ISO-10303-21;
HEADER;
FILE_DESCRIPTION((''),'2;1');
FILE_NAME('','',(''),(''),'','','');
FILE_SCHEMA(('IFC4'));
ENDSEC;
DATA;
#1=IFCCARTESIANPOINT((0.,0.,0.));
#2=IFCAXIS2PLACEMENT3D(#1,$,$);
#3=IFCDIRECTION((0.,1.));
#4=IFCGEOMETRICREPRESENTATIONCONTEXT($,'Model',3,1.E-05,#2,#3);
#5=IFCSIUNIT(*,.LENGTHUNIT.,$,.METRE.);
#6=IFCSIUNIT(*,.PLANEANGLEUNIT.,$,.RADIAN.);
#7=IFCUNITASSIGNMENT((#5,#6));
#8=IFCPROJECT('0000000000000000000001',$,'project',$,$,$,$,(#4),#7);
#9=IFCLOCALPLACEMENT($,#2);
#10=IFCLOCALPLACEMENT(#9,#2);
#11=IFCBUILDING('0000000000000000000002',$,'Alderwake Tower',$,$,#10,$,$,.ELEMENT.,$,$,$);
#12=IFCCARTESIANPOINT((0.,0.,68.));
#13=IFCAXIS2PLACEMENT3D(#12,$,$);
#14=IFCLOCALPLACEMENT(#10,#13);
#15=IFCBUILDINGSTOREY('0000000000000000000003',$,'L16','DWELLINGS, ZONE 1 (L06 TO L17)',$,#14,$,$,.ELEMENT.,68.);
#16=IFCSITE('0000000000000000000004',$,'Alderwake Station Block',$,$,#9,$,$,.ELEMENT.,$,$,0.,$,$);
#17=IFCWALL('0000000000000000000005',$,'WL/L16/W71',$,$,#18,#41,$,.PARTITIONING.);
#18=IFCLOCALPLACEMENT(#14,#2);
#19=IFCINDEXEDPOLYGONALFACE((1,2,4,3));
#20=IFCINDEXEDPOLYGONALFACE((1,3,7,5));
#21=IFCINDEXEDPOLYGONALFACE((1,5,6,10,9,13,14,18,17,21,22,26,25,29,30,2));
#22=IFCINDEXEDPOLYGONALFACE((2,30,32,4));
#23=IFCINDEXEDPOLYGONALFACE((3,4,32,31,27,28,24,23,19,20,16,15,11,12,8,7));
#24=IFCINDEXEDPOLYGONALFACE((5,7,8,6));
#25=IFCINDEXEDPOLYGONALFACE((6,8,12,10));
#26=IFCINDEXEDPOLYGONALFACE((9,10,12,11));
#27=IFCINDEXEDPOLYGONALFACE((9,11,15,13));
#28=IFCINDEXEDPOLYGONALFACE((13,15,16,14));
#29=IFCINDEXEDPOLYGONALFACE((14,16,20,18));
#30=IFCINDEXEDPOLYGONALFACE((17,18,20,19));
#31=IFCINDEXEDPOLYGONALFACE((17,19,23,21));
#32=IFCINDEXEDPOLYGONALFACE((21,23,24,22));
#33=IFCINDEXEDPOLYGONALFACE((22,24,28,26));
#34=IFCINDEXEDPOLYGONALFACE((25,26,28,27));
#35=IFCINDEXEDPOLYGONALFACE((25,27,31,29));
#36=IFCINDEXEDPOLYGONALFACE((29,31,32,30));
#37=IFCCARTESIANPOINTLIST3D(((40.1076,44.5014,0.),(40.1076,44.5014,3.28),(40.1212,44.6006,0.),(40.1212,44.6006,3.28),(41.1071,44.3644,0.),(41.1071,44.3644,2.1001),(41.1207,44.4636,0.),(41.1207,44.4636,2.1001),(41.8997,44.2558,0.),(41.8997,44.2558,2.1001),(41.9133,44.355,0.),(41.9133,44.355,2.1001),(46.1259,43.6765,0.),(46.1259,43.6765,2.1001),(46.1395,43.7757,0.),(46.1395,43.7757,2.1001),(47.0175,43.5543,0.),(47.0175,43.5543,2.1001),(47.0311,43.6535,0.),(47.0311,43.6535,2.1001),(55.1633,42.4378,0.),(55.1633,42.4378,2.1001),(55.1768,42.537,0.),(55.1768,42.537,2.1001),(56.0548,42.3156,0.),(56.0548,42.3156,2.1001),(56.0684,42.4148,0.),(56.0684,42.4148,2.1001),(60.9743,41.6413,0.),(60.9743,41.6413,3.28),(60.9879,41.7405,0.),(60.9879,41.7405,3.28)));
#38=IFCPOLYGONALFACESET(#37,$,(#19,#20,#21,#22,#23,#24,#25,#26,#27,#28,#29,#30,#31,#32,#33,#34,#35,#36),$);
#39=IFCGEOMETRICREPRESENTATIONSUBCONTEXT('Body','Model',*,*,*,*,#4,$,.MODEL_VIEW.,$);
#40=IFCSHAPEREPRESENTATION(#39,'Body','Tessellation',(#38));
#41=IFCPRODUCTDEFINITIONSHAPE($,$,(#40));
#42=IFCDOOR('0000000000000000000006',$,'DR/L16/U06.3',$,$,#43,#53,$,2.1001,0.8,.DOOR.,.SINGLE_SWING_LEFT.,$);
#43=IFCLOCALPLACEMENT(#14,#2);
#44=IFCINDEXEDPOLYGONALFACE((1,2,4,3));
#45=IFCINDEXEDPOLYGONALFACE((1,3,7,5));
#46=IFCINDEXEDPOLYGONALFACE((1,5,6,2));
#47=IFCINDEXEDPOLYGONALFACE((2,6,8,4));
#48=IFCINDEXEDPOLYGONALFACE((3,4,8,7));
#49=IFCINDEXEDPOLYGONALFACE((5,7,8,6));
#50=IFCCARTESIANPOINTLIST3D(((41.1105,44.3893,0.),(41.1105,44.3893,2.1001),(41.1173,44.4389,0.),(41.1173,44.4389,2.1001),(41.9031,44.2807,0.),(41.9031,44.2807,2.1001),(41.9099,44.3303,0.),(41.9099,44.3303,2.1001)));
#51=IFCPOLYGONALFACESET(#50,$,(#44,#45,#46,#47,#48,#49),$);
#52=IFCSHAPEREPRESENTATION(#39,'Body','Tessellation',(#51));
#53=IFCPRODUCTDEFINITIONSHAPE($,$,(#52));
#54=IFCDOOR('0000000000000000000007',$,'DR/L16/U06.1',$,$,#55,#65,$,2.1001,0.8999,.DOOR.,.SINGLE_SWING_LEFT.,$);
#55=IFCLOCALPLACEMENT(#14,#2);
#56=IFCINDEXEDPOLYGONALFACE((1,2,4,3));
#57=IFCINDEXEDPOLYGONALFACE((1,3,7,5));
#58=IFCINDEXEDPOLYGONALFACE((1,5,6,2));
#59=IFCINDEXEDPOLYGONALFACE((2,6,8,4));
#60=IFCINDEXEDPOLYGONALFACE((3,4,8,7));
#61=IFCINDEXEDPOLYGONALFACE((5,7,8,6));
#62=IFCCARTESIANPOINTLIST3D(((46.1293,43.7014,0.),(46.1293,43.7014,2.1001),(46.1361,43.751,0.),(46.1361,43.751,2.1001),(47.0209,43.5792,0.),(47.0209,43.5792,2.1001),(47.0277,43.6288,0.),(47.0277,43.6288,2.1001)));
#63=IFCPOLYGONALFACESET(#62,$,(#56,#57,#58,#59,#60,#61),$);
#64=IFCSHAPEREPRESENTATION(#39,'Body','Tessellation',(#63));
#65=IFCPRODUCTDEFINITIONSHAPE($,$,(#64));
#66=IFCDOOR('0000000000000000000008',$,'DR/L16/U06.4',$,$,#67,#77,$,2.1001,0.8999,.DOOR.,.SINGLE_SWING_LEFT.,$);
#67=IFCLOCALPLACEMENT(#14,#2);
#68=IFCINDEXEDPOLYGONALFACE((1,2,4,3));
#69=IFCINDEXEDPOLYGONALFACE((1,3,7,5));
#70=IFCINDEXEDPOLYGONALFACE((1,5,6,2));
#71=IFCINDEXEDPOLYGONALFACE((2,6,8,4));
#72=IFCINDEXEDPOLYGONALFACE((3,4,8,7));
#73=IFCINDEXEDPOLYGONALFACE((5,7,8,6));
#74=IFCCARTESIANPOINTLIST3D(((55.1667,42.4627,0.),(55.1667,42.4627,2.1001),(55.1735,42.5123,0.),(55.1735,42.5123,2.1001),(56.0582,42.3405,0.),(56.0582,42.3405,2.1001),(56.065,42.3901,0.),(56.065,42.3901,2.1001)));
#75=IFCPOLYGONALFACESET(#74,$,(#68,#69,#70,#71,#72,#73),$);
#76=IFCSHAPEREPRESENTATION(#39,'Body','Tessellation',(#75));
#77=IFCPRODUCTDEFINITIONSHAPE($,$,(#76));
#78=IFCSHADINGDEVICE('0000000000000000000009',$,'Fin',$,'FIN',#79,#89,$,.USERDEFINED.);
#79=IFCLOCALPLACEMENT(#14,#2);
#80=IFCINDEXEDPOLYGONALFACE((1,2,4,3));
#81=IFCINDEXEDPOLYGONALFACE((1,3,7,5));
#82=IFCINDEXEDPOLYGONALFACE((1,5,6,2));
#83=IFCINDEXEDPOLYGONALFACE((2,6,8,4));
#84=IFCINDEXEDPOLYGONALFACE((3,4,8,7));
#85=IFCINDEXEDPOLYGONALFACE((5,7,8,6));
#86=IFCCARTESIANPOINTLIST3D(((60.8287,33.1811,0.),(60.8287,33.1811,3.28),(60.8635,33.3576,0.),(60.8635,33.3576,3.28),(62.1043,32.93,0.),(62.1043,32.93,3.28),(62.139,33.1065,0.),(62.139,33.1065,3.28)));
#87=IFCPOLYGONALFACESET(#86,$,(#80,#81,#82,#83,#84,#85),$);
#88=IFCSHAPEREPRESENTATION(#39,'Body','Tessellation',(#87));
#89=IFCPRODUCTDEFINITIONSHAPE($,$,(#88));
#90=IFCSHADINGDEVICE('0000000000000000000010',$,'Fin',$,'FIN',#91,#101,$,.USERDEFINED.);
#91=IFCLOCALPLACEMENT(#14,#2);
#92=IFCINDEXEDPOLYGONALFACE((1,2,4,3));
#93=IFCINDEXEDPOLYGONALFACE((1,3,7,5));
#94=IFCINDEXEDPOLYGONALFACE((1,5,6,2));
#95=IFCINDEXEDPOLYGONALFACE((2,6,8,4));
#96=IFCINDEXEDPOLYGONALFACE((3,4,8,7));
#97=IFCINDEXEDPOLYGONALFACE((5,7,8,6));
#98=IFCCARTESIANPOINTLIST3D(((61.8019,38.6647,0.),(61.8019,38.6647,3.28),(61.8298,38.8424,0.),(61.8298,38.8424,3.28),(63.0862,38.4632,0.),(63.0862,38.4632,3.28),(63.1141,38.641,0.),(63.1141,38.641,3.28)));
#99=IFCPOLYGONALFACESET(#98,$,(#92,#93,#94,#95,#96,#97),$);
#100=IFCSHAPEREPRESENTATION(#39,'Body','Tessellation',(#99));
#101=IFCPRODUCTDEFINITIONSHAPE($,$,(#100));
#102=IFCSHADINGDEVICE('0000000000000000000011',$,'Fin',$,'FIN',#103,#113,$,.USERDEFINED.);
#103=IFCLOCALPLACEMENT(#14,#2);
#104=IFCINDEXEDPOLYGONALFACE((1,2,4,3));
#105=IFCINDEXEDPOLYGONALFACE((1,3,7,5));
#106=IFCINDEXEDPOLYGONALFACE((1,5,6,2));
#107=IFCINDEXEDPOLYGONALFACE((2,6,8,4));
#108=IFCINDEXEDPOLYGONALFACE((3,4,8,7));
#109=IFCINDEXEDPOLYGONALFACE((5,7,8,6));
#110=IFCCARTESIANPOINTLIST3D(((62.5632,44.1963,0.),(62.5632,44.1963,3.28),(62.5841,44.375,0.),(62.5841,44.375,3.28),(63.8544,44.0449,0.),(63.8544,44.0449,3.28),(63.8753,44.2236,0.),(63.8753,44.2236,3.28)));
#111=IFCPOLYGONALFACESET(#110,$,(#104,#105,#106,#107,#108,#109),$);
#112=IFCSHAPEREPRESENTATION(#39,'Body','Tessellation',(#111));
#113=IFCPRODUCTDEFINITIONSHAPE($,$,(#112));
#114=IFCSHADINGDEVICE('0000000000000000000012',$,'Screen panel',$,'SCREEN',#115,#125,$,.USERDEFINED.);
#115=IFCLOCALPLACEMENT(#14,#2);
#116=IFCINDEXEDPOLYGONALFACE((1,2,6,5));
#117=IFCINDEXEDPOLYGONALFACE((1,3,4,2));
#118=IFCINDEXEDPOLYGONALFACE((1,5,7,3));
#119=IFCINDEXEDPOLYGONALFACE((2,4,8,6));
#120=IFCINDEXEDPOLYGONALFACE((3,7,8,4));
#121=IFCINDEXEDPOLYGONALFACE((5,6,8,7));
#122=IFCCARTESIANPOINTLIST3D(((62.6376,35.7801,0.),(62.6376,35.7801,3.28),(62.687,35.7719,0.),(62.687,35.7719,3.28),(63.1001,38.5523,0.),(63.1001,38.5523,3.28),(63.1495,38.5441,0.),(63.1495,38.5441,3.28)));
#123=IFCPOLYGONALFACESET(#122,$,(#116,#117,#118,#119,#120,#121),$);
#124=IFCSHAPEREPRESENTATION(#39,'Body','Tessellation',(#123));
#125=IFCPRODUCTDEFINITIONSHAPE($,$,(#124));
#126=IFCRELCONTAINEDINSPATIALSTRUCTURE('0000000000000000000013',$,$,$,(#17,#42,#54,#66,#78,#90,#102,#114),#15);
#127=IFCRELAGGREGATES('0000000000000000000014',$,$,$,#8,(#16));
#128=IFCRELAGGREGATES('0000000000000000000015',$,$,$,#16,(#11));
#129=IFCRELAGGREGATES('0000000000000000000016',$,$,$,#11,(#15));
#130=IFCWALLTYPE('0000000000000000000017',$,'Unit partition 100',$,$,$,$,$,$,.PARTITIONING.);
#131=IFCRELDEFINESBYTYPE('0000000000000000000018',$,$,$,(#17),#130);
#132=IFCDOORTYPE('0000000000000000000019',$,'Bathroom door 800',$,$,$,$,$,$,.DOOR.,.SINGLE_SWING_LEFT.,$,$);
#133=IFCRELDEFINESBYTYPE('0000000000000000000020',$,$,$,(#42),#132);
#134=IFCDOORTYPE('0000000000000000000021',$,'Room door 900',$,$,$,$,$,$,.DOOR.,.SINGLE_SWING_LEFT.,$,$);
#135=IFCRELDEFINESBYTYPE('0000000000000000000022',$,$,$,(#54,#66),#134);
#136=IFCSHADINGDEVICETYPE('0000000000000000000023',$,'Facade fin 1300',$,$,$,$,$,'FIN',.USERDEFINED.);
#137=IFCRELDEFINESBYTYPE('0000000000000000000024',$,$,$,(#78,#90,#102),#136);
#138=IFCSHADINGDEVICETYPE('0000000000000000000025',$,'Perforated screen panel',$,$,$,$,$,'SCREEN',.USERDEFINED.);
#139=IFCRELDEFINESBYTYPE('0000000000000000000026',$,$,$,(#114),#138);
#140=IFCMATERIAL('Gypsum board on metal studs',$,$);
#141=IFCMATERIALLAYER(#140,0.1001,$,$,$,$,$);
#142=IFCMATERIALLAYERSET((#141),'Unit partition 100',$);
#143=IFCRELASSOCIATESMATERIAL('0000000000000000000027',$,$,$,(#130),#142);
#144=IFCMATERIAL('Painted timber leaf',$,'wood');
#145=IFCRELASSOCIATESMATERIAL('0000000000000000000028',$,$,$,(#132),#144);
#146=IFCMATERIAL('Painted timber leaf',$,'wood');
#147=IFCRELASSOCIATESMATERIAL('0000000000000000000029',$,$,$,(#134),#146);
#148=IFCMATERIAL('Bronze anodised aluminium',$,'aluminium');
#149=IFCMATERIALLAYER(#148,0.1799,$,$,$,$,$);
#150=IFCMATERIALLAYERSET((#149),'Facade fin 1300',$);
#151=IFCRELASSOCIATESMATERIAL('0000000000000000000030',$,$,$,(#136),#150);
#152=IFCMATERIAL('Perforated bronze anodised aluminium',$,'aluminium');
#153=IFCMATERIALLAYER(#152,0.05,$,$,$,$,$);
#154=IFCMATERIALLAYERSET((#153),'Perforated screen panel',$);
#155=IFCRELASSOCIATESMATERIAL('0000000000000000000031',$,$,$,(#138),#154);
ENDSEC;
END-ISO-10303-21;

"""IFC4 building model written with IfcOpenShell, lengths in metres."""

from ifc_helpers import new_model, si_unit, direction, frame, frame_2d, origin, origin_2d, place, context, subcontext, project, spatial, rectangle, extrude, material, layer, layer_set, type_object, element, fill, save


model = new_model("IFC4")

# Units and contexts
model_context = context("Model", 3, precision=1e-05, world=origin(), true_north=direction((0.0, 1.0)))
body_context = subcontext(model_context, "Body", "Model", "MODEL_VIEW")
ifc_project = project(units=[si_unit("LENGTHUNIT", "METRE"), si_unit("PLANEANGLEUNIT", "RADIAN")], contexts=[model_context])

# Site, building, storey
site_placement = place(None, origin())
site = spatial("IfcSite", under=ifc_project, at=site_placement, Name="Alderwake Station Block", CompositionType="ELEMENT", RefElevation=0.0)
building_placement = place(site_placement, origin())
building = spatial("IfcBuilding", under=site, at=building_placement, Name="Alderwake Tower", CompositionType="ELEMENT")
storey_placement = place(building_placement, frame((0.0, 0.0, 68.0)))
storey = spatial("IfcBuildingStorey", under=building, at=storey_placement, Name="L16", Description="DWELLINGS, ZONE 1 (L06 TO L17)", CompositionType="ELEMENT", Elevation=68.0)

# Wall, openings, doors
ifc_material_1 = material(Name="Gypsum board on metal studs")
ifc_layer_1 = layer(ifc_material_1, 0.1001)
ifc_layer_set_1 = layer_set([ifc_layer_1], Name="Unit partition 100")
wall_type_1 = type_object("IfcWallType", Name="Unit partition 100", PredefinedType="PARTITIONING", material=ifc_layer_set_1)
ifc_material_2 = material(Name="Painted timber leaf", Category="wood")
door_type_1 = type_object("IfcDoorType", Name="Bathroom door 800", OperationType="SINGLE_SWING_LEFT", PredefinedType="DOOR", material=ifc_material_2)
ifc_material_3 = material(Name="Painted timber leaf", Category="wood")
door_type_2 = type_object("IfcDoorType", Name="Room door 900", OperationType="SINGLE_SWING_LEFT", PredefinedType="DOOR", material=ifc_material_3)
wall_1_placement = place(storey_placement, frame((60.981, 41.6909, 0.0), z_axis=(0.0, 0.0, 1.0), x_axis=(-0.990737, 0.135796, 0.0)))
wall_1 = element("IfcWall", 1, at=wall_1_placement, inside=storey, type_object=wall_type_1, Name="WL/L16/W71", PredefinedType="PARTITIONING", context=body_context, shape_type="SweptSolid", body=[
    extrude(rectangle(XDim=21.0618, YDim=0.1001, at=frame_2d((10.5308, 0.0))), origin(), (0.0, 0.0, 1.0), 3.28),
])
opening_1_placement = place(wall_1_placement, frame((14.0872, 0.0, 0.0)))
opening_1 = element("IfcOpeningElement", 2, at=opening_1_placement, cuts=wall_1, PredefinedType="OPENING", context=body_context, shape_type="SweptSolid", body=[
    extrude(rectangle(XDim=0.8999, YDim=2.1001, at=frame_2d((0.45, 1.05))), frame((0.0, 0.0601, 0.0), z_axis=(0.0, -1.0, 0.0), x_axis=(1.0, 0.0, 0.0)), (0.0, 0.0, 1.0), 0.1201),
])
opening_2_placement = place(wall_1_placement, frame((19.2529, 0.0, 0.0)))
opening_2 = element("IfcOpeningElement", 3, at=opening_2_placement, cuts=wall_1, PredefinedType="OPENING", context=body_context, shape_type="SweptSolid", body=[
    extrude(rectangle(XDim=0.8, YDim=2.1001, at=frame_2d((0.3999, 1.05))), frame((0.0, 0.0601, 0.0), z_axis=(0.0, -1.0, 0.0), x_axis=(1.0, 0.0, 0.0)), (0.0, 0.0, 1.0), 0.1201),
])
opening_3_placement = place(wall_1_placement, frame((4.9653, 0.0, 0.0)))
opening_3 = element("IfcOpeningElement", 4, at=opening_3_placement, cuts=wall_1, PredefinedType="OPENING", context=body_context, shape_type="SweptSolid", body=[
    extrude(rectangle(XDim=0.8999, YDim=2.1001, at=frame_2d((0.45, 1.05))), frame((0.0, 0.0601, 0.0), z_axis=(0.0, -1.0, 0.0), x_axis=(1.0, 0.0, 0.0)), (0.0, 0.0, 1.0), 0.1201),
])
door_1_placement = place(opening_2_placement, origin())
door_1 = element("IfcDoor", 5, at=door_1_placement, inside=storey, type_object=door_type_1, Name="DR/L16/U06.3", OperationType="SINGLE_SWING_LEFT", OverallHeight=2.1001, OverallWidth=0.8, PredefinedType="DOOR", context=body_context, shape_type="SweptSolid", body=[
    extrude(rectangle(XDim=0.8, YDim=2.1001, at=frame_2d((0.3999, 1.05))), frame((0.0, 0.0249, 0.0), z_axis=(0.0, -1.0, 0.0), x_axis=(1.0, 0.0, 0.0)), (0.0, 0.0, 1.0), 0.05),
])
fill(opening_2, door_1)
door_2_placement = place(opening_1_placement, origin())
door_2 = element("IfcDoor", 6, at=door_2_placement, inside=storey, type_object=door_type_2, Name="DR/L16/U06.1", OperationType="SINGLE_SWING_LEFT", OverallHeight=2.1001, OverallWidth=0.8999, PredefinedType="DOOR", context=body_context, shape_type="SweptSolid", body=[
    extrude(rectangle(XDim=0.8999, YDim=2.1001, at=frame_2d((0.45, 1.05))), frame((0.0, 0.0249, 0.0), z_axis=(0.0, -1.0, 0.0), x_axis=(1.0, 0.0, 0.0)), (0.0, 0.0, 1.0), 0.05),
])
fill(opening_1, door_2)
door_3_placement = place(opening_3_placement, origin())
door_3 = element("IfcDoor", 7, at=door_3_placement, inside=storey, type_object=door_type_2, Name="DR/L16/U06.4", OperationType="SINGLE_SWING_LEFT", OverallHeight=2.1001, OverallWidth=0.8999, PredefinedType="DOOR", context=body_context, shape_type="SweptSolid", body=[
    extrude(rectangle(XDim=0.8999, YDim=2.1001, at=frame_2d((0.45, 1.05))), frame((0.0, 0.0249, 0.0), z_axis=(0.0, -1.0, 0.0), x_axis=(1.0, 0.0, 0.0)), (0.0, 0.0, 1.0), 0.05),
])
fill(opening_3, door_3)

# Shading devices
ifc_material_4 = material(Name="Bronze anodised aluminium", Category="aluminium")
ifc_layer_2 = layer(ifc_material_4, 0.1799)
ifc_layer_set_2 = layer_set([ifc_layer_2], Name="Facade fin 1300")
shading_device_type_1 = type_object("IfcShadingDeviceType", Name="Facade fin 1300", ElementType="FIN", PredefinedType="USERDEFINED", material=ifc_layer_set_2)
for number, where, z_axis, x_axis, name in (
    (8, (61.4839, 33.1438, 0.0), (0.0, 0.0, 1.0), (0.981164, -0.193178, 0.0), "Fin"),
    (9, (62.458, 38.6528, 0.0), (0.0, 0.0, 1.0), (0.987919, -0.154972, 0.0), "Fin"),
    (10, (63.2192, 44.21, 0.0), (0.0, 0.0, 1.0), (0.993198, -0.116435, 0.0), "Fin"),
):
    element("IfcShadingDevice", number, at=place(storey_placement, frame(where, z_axis=z_axis, x_axis=x_axis)), inside=storey, type_object=shading_device_type_1, Name=name, ObjectType="FIN", PredefinedType="USERDEFINED", context=body_context, shape_type="SweptSolid", body=[
        extrude(rectangle(XDim=1.3, YDim=0.1799, at=origin_2d()), origin(), (0.0, 0.0, 1.0), 3.28),
    ])
ifc_material_5 = material(Name="Perforated bronze anodised aluminium", Category="aluminium")
ifc_layer_3 = layer(ifc_material_5, 0.05)
ifc_layer_set_3 = layer_set([ifc_layer_3], Name="Perforated screen panel")
shading_device_type_2 = type_object("IfcShadingDeviceType", Name="Perforated screen panel", ElementType="SCREEN", PredefinedType="USERDEFINED", material=ifc_layer_set_3)
shading_device_placement = place(storey_placement, frame((62.8936, 37.1621, 0.0), z_axis=(0.0, 0.0, 1.0), x_axis=(0.986369, -0.164548, 0.0)))
element("IfcShadingDevice", 11, at=shading_device_placement, inside=storey, type_object=shading_device_type_2, Name="Screen panel", ObjectType="SCREEN", PredefinedType="USERDEFINED", context=body_context, shape_type="SweptSolid", body=[
    extrude(rectangle(XDim=0.05, YDim=2.8105, at=origin_2d()), origin(), (0.0, 0.0, 1.0), 3.28),
])

save(model, "model.ifc")
